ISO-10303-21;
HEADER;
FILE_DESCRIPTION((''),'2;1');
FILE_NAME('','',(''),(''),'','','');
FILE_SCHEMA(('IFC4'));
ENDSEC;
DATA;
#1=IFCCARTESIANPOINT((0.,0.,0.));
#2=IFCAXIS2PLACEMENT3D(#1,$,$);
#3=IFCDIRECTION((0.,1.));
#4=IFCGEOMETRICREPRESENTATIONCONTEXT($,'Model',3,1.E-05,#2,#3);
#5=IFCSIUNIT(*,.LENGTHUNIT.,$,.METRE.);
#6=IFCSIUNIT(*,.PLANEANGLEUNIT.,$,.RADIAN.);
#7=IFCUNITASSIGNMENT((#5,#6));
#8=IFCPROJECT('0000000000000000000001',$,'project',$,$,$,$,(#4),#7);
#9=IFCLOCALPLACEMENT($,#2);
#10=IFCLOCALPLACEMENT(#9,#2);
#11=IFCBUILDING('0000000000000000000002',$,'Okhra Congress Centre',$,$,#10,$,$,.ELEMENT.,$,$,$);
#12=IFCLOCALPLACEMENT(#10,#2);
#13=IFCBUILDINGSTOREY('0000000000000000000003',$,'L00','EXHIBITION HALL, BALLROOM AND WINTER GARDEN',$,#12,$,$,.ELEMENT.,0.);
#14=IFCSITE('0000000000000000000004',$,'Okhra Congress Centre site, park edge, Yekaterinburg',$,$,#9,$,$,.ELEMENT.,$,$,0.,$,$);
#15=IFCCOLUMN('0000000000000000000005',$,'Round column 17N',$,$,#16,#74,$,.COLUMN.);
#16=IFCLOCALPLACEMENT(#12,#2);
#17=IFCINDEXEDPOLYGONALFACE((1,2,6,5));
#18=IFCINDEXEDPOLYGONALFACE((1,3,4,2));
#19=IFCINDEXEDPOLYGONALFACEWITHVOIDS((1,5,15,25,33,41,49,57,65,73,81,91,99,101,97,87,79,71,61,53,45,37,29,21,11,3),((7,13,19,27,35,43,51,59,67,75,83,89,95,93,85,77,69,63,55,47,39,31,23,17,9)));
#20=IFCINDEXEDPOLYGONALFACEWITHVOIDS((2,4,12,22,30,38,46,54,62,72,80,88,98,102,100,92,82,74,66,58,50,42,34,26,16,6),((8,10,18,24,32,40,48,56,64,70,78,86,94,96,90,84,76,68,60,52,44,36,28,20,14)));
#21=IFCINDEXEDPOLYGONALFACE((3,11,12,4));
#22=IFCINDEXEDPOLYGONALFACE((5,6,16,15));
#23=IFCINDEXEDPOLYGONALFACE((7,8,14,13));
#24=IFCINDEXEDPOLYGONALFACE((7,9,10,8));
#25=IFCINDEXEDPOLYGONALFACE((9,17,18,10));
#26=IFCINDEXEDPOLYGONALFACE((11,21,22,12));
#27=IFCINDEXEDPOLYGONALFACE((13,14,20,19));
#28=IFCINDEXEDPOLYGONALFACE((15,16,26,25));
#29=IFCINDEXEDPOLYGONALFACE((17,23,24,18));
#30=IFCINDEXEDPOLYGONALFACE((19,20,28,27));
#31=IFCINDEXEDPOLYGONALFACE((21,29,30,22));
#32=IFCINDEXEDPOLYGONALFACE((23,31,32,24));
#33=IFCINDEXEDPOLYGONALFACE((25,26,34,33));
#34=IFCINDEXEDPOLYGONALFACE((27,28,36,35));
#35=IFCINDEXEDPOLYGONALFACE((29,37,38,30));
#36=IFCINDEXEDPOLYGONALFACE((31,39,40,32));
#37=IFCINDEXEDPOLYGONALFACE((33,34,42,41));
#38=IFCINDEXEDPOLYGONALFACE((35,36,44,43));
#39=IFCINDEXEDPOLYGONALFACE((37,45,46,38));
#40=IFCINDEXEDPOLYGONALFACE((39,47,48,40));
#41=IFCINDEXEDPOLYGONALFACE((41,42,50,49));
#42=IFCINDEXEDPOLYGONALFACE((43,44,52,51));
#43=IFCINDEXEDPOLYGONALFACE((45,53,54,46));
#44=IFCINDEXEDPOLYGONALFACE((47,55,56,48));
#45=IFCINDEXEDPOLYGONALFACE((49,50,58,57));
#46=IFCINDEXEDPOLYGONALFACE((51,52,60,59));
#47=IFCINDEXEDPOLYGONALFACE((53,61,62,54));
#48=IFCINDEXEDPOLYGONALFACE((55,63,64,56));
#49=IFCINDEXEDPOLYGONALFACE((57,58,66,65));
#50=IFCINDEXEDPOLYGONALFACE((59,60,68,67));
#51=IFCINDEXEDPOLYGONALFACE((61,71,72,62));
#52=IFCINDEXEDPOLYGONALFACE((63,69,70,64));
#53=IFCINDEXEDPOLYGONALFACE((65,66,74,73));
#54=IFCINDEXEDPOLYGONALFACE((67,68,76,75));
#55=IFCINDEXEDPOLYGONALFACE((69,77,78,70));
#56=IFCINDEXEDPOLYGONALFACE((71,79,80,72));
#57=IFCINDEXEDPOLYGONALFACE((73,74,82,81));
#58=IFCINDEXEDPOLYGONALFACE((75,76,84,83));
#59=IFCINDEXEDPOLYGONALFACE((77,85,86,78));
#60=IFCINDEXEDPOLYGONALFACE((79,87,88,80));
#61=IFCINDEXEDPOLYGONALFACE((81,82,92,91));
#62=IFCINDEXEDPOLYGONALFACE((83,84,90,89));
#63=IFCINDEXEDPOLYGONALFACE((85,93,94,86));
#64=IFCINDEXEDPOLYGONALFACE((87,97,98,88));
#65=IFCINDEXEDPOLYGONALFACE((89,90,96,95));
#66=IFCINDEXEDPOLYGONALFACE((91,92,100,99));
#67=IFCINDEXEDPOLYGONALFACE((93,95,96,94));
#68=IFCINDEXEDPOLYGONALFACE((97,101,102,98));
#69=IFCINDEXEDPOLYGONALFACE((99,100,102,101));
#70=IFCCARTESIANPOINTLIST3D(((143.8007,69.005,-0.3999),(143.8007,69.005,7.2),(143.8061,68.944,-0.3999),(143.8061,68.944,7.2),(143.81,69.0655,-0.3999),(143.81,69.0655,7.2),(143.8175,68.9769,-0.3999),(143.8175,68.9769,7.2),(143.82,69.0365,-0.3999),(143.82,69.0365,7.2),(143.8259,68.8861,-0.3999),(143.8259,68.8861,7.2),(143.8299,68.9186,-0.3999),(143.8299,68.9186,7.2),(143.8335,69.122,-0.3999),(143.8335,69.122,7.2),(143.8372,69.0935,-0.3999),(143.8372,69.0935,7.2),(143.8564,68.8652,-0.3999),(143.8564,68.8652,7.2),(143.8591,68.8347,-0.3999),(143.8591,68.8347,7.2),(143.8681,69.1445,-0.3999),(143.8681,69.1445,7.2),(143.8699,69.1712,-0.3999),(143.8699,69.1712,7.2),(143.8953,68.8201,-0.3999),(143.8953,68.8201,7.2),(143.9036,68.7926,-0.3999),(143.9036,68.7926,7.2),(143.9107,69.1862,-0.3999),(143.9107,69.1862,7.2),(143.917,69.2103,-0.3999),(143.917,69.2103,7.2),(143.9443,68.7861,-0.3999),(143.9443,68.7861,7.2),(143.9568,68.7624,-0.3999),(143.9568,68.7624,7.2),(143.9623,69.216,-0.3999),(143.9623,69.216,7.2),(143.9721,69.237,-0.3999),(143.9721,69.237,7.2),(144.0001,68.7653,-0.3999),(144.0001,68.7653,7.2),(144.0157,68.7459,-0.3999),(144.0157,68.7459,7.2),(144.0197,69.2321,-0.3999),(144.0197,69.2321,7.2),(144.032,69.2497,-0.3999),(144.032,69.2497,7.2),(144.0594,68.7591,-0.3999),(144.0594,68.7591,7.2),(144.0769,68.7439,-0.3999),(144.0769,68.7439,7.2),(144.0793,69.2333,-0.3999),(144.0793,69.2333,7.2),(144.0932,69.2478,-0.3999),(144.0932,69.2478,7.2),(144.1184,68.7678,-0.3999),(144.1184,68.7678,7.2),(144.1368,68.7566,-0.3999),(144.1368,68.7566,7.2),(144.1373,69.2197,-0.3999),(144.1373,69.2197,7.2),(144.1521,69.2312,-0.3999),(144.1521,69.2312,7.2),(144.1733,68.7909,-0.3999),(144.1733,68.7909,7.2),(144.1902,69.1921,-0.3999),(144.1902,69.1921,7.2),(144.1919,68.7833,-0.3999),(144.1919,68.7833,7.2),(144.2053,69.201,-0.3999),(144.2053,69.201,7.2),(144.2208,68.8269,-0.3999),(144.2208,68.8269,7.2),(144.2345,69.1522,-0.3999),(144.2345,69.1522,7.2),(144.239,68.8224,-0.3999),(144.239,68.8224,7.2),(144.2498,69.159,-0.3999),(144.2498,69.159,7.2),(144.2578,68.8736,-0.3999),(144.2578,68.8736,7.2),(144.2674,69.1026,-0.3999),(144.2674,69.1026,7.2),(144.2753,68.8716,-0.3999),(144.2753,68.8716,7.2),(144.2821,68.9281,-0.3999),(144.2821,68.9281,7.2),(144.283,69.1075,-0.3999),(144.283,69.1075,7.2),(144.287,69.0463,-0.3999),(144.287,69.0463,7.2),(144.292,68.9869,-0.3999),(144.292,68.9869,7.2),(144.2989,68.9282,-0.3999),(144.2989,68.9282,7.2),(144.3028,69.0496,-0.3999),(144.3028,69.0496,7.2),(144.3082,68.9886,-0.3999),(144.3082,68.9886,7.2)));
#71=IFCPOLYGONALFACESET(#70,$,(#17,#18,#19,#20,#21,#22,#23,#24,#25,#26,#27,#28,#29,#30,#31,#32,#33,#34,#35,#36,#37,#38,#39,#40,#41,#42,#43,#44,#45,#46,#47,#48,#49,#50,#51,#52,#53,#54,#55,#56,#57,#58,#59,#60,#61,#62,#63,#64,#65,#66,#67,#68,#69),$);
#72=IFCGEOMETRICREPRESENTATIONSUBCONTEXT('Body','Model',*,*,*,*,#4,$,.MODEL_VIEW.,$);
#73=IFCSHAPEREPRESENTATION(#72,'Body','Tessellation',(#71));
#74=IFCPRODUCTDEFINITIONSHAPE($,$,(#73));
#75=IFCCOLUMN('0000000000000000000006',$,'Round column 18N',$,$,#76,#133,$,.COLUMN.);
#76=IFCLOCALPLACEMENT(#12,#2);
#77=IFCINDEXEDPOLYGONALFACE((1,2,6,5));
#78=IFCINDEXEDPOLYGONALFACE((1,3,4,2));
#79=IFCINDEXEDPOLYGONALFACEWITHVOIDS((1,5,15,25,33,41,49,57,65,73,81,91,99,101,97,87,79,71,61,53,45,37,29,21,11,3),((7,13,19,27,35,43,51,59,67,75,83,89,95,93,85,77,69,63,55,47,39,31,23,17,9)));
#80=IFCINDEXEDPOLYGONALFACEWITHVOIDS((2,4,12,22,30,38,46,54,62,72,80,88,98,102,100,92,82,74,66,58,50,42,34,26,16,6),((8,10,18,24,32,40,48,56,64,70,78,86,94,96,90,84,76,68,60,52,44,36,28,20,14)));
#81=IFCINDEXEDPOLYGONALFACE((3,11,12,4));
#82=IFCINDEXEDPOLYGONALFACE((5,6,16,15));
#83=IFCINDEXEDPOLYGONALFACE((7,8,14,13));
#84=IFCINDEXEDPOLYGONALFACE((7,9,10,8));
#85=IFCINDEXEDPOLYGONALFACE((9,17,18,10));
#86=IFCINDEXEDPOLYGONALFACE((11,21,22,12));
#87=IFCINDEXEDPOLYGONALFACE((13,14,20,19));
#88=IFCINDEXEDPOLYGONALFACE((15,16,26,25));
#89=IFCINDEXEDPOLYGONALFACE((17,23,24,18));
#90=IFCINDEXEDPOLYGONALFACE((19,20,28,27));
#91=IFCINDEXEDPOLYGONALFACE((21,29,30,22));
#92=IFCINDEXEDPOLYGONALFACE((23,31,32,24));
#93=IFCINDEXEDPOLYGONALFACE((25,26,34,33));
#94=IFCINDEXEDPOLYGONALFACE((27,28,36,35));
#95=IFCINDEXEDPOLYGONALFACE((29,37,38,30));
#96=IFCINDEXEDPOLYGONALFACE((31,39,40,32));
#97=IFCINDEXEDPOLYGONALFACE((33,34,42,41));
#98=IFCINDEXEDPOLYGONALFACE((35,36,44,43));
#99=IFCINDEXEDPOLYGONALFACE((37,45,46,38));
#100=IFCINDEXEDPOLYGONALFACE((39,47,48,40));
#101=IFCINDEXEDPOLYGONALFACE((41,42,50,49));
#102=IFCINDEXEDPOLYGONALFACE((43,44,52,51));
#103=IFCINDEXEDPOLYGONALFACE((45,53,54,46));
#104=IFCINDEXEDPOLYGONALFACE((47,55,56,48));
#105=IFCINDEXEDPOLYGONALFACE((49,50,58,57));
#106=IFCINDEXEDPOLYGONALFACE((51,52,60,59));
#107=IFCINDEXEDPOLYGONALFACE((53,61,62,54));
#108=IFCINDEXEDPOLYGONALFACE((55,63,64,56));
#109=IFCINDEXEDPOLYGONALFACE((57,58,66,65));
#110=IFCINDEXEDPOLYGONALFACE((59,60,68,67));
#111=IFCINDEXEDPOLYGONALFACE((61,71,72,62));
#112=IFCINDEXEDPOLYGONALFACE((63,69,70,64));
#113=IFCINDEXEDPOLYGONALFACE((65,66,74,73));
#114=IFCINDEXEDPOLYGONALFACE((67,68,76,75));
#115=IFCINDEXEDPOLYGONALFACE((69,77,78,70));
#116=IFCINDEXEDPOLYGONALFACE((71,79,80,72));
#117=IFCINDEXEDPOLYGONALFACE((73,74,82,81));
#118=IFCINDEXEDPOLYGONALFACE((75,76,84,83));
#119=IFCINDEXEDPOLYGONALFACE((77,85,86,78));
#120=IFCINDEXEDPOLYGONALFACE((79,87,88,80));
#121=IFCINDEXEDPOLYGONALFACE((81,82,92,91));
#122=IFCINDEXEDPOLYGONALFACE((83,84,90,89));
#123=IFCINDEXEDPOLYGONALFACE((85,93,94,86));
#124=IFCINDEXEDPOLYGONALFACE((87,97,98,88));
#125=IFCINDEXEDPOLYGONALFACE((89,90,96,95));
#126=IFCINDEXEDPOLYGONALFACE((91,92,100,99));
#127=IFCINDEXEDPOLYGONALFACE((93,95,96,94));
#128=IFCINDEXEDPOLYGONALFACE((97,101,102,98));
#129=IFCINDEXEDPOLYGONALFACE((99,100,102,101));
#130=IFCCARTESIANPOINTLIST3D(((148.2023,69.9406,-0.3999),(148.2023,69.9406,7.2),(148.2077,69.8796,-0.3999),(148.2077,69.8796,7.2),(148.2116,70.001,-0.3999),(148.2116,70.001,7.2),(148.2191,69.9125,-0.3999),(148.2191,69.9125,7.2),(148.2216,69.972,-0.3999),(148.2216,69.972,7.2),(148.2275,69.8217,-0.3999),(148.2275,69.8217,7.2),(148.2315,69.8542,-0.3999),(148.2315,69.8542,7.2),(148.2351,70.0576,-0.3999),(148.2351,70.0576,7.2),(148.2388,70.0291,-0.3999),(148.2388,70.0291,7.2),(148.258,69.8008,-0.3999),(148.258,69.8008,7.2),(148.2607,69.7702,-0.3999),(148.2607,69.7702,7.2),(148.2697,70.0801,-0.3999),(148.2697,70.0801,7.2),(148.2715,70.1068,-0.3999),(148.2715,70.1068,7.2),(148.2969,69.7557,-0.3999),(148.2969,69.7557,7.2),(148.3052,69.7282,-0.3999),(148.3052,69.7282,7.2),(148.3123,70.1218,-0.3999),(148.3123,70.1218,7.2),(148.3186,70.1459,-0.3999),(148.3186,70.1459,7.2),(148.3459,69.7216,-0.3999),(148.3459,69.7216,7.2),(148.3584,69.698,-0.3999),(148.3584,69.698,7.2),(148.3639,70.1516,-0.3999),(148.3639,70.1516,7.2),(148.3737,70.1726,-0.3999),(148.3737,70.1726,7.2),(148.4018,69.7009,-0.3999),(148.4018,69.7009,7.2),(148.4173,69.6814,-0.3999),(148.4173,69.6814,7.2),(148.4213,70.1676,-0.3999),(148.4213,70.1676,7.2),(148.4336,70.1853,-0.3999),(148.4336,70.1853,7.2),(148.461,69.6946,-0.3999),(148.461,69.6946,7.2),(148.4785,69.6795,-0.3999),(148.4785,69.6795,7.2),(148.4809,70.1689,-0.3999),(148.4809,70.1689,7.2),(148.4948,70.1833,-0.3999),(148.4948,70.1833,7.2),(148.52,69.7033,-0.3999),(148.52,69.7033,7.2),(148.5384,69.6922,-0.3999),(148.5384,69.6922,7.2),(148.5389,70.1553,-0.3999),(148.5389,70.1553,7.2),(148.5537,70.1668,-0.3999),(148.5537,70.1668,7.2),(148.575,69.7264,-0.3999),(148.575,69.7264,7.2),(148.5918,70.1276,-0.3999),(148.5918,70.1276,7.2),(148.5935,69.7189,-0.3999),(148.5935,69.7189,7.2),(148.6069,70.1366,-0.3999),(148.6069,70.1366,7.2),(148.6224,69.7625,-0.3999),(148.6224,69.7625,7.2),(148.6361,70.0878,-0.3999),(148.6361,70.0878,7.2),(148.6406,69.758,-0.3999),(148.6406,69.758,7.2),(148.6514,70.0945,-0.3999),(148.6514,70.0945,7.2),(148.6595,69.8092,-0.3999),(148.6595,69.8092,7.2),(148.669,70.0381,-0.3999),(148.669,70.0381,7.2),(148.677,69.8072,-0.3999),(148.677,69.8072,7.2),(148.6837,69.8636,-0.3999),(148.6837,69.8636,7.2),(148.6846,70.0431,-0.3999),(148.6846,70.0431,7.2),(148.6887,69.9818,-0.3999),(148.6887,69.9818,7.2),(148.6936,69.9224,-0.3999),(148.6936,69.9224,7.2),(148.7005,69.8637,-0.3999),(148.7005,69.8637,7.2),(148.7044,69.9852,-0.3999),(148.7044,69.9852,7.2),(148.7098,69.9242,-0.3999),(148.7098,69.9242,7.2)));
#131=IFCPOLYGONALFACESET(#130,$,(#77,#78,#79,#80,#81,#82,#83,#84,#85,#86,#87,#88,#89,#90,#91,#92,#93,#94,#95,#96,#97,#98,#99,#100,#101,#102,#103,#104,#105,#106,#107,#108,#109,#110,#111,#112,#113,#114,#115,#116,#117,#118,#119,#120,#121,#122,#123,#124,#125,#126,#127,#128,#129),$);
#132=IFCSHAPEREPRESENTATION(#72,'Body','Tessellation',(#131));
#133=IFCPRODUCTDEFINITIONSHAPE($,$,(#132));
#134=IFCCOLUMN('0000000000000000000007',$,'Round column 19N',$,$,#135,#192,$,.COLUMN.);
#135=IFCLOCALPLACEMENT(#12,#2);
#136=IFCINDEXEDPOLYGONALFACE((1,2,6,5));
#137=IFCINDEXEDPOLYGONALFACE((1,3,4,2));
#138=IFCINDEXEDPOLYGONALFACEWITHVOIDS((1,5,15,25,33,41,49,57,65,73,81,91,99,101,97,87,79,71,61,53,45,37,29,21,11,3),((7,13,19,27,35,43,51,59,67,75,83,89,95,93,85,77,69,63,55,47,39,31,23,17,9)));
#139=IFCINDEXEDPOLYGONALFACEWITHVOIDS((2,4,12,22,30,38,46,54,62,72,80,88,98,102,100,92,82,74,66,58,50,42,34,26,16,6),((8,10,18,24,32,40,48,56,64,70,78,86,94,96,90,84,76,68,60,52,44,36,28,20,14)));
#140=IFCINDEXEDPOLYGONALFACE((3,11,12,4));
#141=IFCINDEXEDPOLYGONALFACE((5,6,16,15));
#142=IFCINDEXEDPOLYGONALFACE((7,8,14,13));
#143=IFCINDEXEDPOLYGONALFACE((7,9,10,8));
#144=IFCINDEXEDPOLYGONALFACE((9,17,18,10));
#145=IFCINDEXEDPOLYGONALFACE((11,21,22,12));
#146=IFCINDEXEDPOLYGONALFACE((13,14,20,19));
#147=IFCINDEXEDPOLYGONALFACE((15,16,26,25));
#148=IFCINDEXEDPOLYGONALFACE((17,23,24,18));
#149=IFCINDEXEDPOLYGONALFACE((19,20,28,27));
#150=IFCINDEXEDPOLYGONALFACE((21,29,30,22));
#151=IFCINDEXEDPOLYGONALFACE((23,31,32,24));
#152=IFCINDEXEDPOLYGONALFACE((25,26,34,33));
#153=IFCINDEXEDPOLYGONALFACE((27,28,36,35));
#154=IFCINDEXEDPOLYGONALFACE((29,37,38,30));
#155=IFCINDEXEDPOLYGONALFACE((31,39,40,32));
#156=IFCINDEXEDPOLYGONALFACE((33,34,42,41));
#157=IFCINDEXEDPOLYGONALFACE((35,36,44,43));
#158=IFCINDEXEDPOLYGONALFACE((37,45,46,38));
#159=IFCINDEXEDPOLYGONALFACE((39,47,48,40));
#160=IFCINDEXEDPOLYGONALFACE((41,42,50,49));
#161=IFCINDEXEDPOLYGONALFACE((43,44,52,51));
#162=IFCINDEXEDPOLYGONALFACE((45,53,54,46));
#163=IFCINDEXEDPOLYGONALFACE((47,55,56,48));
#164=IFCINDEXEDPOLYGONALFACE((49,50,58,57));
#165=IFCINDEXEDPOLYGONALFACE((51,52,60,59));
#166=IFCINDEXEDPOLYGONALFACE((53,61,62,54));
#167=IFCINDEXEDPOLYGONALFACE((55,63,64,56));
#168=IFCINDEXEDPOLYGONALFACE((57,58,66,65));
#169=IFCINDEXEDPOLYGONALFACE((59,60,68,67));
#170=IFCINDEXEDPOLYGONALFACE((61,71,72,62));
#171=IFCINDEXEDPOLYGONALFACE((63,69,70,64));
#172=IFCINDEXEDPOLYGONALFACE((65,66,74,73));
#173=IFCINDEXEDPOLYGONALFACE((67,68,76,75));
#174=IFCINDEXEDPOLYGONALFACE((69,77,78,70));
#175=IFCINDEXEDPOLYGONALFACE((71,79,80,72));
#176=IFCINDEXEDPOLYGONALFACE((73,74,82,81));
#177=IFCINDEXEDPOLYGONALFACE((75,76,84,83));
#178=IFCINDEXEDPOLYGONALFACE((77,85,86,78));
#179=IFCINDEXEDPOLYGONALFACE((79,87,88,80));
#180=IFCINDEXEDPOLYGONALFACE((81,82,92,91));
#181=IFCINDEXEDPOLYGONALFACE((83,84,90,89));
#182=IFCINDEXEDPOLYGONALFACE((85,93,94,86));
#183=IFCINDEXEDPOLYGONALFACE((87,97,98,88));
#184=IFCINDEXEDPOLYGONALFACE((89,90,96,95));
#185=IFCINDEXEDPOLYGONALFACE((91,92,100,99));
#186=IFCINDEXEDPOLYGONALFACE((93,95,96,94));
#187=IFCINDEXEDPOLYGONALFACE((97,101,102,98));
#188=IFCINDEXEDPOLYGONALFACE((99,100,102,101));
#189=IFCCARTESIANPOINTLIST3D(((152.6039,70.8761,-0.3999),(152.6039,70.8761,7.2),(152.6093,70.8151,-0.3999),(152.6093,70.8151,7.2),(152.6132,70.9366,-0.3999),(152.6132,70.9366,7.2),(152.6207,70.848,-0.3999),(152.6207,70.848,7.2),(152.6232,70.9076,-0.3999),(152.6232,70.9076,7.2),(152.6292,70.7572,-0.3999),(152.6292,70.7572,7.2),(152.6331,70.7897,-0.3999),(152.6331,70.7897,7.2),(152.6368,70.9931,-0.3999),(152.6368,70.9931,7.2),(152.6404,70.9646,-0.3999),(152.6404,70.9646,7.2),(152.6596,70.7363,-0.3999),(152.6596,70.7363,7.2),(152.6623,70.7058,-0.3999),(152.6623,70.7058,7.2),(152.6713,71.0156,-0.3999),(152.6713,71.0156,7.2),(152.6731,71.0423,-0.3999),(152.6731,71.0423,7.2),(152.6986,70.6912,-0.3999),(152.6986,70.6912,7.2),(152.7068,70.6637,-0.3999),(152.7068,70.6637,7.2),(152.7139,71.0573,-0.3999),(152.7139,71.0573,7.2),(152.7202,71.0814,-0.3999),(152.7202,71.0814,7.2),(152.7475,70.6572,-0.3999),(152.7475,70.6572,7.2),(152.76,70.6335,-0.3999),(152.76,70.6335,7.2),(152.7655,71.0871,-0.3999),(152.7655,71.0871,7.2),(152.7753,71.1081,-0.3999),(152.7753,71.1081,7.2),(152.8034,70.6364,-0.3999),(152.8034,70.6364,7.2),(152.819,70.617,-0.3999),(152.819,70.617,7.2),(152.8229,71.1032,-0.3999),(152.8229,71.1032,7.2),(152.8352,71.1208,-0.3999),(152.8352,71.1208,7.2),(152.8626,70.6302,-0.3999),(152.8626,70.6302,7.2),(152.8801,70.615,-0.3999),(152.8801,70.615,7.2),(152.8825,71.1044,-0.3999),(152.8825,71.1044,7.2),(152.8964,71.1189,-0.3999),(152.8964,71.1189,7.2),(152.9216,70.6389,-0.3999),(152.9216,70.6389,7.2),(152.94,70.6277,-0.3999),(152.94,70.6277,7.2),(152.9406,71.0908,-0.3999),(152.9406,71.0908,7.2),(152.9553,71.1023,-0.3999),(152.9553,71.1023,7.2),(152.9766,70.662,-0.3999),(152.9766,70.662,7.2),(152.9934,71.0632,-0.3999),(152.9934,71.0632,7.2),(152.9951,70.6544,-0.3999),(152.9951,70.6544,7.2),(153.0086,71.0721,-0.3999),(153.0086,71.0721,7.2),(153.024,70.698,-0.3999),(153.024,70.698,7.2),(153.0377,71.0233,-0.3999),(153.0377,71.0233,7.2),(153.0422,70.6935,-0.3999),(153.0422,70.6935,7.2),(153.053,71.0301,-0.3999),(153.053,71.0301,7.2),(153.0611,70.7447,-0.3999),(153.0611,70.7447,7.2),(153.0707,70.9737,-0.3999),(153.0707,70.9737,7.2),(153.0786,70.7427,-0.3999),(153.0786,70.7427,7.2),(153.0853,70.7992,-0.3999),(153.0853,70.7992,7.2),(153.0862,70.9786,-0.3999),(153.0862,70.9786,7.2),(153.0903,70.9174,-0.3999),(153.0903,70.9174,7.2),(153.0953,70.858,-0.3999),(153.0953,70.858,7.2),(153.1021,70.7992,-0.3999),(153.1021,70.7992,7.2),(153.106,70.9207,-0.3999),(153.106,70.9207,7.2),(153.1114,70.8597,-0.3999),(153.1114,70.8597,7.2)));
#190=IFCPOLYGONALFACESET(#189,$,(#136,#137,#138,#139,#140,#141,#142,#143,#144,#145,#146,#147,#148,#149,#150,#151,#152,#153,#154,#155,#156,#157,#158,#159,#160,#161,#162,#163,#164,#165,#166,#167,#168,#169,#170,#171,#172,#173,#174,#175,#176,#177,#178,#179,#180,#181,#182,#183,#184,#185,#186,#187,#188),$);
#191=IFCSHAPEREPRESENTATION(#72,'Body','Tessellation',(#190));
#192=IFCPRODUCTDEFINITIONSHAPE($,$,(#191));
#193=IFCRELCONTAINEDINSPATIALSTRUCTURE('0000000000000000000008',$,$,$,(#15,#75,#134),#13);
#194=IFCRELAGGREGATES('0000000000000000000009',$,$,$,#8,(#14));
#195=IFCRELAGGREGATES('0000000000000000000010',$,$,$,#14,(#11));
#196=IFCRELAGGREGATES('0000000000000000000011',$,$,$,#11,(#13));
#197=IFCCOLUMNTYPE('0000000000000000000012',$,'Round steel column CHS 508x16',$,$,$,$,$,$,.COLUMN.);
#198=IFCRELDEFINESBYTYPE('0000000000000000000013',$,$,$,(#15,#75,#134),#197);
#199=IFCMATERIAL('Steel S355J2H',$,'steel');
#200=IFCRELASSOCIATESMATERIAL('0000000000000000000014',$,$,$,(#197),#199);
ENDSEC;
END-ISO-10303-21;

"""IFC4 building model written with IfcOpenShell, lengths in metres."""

from ifc_helpers import new_model, si_unit, direction, frame, origin, origin_2d, place, context, subcontext, project, spatial, hollow_circle, extrude, material, material_profile, profile_set, type_object, element, save


model = new_model("IFC4")

# Units and contexts
model_context = context("Model", 3, precision=1e-05, world=origin(), true_north=direction((0.0, 1.0)))
body_context = subcontext(model_context, "Body", "Model", "MODEL_VIEW")
ifc_project = project(units=[si_unit("LENGTHUNIT", "METRE"), si_unit("PLANEANGLEUNIT", "RADIAN")], contexts=[model_context])

# Site, building, storey
site_placement = place(None, origin())
site = spatial("IfcSite", under=ifc_project, at=site_placement, Name="Okhra Congress Centre site, park edge, Yekaterinburg", CompositionType="ELEMENT", RefElevation=0.0)
building_placement = place(site_placement, origin())
building = spatial("IfcBuilding", under=site, at=building_placement, Name="Okhra Congress Centre", CompositionType="ELEMENT")
storey_placement = place(building_placement, origin())
storey = spatial("IfcBuildingStorey", under=building, at=storey_placement, Name="L00", Description="EXHIBITION HALL, BALLROOM AND WINTER GARDEN", CompositionType="ELEMENT", Elevation=0.0)

# Columns
ifc_material_1 = material(Name="Steel S355J2H", Category="steel")
ifc_material_profile_1 = material_profile(ifc_material_1, hollow_circle(Radius=0.2539, WallThickness=0.0161, at=origin_2d()), Name="CHS 508x16")
ifc_profile_set_1 = profile_set([ifc_material_profile_1], Name="Steel S355J2H")
column_type = type_object("IfcColumnType", Name="Round steel column CHS 508x16", PredefinedType="COLUMN", material=ifc_profile_set_1)
for number, where, z_axis, x_axis, name in (
    (1, (144.0544, 68.9968, -0.3999), (0.0, 0.0, 1.0), (0.978148, 0.207912, 0.0), "Round column 17N"),
    (2, (148.4561, 69.9324, -0.3999), (0.0, 0.0, 1.0), (0.978148, 0.207912, 0.0), "Round column 18N"),
    (3, (152.8577, 70.8679, -0.3999), (0.0, 0.0, 1.0), (0.978148, 0.207912, 0.0), "Round column 19N"),
):
    element("IfcColumn", number, at=place(storey_placement, frame(where, z_axis=z_axis, x_axis=x_axis)), inside=storey, type_object=column_type, Name=name, PredefinedType="COLUMN", context=body_context, shape_type="SweptSolid", body=[
        extrude(hollow_circle(Radius=0.2539, WallThickness=0.0161, at=origin_2d()), origin(), (0.0, 0.0, 1.0), 7.5999),
    ])

save(model, "model.ifc")
